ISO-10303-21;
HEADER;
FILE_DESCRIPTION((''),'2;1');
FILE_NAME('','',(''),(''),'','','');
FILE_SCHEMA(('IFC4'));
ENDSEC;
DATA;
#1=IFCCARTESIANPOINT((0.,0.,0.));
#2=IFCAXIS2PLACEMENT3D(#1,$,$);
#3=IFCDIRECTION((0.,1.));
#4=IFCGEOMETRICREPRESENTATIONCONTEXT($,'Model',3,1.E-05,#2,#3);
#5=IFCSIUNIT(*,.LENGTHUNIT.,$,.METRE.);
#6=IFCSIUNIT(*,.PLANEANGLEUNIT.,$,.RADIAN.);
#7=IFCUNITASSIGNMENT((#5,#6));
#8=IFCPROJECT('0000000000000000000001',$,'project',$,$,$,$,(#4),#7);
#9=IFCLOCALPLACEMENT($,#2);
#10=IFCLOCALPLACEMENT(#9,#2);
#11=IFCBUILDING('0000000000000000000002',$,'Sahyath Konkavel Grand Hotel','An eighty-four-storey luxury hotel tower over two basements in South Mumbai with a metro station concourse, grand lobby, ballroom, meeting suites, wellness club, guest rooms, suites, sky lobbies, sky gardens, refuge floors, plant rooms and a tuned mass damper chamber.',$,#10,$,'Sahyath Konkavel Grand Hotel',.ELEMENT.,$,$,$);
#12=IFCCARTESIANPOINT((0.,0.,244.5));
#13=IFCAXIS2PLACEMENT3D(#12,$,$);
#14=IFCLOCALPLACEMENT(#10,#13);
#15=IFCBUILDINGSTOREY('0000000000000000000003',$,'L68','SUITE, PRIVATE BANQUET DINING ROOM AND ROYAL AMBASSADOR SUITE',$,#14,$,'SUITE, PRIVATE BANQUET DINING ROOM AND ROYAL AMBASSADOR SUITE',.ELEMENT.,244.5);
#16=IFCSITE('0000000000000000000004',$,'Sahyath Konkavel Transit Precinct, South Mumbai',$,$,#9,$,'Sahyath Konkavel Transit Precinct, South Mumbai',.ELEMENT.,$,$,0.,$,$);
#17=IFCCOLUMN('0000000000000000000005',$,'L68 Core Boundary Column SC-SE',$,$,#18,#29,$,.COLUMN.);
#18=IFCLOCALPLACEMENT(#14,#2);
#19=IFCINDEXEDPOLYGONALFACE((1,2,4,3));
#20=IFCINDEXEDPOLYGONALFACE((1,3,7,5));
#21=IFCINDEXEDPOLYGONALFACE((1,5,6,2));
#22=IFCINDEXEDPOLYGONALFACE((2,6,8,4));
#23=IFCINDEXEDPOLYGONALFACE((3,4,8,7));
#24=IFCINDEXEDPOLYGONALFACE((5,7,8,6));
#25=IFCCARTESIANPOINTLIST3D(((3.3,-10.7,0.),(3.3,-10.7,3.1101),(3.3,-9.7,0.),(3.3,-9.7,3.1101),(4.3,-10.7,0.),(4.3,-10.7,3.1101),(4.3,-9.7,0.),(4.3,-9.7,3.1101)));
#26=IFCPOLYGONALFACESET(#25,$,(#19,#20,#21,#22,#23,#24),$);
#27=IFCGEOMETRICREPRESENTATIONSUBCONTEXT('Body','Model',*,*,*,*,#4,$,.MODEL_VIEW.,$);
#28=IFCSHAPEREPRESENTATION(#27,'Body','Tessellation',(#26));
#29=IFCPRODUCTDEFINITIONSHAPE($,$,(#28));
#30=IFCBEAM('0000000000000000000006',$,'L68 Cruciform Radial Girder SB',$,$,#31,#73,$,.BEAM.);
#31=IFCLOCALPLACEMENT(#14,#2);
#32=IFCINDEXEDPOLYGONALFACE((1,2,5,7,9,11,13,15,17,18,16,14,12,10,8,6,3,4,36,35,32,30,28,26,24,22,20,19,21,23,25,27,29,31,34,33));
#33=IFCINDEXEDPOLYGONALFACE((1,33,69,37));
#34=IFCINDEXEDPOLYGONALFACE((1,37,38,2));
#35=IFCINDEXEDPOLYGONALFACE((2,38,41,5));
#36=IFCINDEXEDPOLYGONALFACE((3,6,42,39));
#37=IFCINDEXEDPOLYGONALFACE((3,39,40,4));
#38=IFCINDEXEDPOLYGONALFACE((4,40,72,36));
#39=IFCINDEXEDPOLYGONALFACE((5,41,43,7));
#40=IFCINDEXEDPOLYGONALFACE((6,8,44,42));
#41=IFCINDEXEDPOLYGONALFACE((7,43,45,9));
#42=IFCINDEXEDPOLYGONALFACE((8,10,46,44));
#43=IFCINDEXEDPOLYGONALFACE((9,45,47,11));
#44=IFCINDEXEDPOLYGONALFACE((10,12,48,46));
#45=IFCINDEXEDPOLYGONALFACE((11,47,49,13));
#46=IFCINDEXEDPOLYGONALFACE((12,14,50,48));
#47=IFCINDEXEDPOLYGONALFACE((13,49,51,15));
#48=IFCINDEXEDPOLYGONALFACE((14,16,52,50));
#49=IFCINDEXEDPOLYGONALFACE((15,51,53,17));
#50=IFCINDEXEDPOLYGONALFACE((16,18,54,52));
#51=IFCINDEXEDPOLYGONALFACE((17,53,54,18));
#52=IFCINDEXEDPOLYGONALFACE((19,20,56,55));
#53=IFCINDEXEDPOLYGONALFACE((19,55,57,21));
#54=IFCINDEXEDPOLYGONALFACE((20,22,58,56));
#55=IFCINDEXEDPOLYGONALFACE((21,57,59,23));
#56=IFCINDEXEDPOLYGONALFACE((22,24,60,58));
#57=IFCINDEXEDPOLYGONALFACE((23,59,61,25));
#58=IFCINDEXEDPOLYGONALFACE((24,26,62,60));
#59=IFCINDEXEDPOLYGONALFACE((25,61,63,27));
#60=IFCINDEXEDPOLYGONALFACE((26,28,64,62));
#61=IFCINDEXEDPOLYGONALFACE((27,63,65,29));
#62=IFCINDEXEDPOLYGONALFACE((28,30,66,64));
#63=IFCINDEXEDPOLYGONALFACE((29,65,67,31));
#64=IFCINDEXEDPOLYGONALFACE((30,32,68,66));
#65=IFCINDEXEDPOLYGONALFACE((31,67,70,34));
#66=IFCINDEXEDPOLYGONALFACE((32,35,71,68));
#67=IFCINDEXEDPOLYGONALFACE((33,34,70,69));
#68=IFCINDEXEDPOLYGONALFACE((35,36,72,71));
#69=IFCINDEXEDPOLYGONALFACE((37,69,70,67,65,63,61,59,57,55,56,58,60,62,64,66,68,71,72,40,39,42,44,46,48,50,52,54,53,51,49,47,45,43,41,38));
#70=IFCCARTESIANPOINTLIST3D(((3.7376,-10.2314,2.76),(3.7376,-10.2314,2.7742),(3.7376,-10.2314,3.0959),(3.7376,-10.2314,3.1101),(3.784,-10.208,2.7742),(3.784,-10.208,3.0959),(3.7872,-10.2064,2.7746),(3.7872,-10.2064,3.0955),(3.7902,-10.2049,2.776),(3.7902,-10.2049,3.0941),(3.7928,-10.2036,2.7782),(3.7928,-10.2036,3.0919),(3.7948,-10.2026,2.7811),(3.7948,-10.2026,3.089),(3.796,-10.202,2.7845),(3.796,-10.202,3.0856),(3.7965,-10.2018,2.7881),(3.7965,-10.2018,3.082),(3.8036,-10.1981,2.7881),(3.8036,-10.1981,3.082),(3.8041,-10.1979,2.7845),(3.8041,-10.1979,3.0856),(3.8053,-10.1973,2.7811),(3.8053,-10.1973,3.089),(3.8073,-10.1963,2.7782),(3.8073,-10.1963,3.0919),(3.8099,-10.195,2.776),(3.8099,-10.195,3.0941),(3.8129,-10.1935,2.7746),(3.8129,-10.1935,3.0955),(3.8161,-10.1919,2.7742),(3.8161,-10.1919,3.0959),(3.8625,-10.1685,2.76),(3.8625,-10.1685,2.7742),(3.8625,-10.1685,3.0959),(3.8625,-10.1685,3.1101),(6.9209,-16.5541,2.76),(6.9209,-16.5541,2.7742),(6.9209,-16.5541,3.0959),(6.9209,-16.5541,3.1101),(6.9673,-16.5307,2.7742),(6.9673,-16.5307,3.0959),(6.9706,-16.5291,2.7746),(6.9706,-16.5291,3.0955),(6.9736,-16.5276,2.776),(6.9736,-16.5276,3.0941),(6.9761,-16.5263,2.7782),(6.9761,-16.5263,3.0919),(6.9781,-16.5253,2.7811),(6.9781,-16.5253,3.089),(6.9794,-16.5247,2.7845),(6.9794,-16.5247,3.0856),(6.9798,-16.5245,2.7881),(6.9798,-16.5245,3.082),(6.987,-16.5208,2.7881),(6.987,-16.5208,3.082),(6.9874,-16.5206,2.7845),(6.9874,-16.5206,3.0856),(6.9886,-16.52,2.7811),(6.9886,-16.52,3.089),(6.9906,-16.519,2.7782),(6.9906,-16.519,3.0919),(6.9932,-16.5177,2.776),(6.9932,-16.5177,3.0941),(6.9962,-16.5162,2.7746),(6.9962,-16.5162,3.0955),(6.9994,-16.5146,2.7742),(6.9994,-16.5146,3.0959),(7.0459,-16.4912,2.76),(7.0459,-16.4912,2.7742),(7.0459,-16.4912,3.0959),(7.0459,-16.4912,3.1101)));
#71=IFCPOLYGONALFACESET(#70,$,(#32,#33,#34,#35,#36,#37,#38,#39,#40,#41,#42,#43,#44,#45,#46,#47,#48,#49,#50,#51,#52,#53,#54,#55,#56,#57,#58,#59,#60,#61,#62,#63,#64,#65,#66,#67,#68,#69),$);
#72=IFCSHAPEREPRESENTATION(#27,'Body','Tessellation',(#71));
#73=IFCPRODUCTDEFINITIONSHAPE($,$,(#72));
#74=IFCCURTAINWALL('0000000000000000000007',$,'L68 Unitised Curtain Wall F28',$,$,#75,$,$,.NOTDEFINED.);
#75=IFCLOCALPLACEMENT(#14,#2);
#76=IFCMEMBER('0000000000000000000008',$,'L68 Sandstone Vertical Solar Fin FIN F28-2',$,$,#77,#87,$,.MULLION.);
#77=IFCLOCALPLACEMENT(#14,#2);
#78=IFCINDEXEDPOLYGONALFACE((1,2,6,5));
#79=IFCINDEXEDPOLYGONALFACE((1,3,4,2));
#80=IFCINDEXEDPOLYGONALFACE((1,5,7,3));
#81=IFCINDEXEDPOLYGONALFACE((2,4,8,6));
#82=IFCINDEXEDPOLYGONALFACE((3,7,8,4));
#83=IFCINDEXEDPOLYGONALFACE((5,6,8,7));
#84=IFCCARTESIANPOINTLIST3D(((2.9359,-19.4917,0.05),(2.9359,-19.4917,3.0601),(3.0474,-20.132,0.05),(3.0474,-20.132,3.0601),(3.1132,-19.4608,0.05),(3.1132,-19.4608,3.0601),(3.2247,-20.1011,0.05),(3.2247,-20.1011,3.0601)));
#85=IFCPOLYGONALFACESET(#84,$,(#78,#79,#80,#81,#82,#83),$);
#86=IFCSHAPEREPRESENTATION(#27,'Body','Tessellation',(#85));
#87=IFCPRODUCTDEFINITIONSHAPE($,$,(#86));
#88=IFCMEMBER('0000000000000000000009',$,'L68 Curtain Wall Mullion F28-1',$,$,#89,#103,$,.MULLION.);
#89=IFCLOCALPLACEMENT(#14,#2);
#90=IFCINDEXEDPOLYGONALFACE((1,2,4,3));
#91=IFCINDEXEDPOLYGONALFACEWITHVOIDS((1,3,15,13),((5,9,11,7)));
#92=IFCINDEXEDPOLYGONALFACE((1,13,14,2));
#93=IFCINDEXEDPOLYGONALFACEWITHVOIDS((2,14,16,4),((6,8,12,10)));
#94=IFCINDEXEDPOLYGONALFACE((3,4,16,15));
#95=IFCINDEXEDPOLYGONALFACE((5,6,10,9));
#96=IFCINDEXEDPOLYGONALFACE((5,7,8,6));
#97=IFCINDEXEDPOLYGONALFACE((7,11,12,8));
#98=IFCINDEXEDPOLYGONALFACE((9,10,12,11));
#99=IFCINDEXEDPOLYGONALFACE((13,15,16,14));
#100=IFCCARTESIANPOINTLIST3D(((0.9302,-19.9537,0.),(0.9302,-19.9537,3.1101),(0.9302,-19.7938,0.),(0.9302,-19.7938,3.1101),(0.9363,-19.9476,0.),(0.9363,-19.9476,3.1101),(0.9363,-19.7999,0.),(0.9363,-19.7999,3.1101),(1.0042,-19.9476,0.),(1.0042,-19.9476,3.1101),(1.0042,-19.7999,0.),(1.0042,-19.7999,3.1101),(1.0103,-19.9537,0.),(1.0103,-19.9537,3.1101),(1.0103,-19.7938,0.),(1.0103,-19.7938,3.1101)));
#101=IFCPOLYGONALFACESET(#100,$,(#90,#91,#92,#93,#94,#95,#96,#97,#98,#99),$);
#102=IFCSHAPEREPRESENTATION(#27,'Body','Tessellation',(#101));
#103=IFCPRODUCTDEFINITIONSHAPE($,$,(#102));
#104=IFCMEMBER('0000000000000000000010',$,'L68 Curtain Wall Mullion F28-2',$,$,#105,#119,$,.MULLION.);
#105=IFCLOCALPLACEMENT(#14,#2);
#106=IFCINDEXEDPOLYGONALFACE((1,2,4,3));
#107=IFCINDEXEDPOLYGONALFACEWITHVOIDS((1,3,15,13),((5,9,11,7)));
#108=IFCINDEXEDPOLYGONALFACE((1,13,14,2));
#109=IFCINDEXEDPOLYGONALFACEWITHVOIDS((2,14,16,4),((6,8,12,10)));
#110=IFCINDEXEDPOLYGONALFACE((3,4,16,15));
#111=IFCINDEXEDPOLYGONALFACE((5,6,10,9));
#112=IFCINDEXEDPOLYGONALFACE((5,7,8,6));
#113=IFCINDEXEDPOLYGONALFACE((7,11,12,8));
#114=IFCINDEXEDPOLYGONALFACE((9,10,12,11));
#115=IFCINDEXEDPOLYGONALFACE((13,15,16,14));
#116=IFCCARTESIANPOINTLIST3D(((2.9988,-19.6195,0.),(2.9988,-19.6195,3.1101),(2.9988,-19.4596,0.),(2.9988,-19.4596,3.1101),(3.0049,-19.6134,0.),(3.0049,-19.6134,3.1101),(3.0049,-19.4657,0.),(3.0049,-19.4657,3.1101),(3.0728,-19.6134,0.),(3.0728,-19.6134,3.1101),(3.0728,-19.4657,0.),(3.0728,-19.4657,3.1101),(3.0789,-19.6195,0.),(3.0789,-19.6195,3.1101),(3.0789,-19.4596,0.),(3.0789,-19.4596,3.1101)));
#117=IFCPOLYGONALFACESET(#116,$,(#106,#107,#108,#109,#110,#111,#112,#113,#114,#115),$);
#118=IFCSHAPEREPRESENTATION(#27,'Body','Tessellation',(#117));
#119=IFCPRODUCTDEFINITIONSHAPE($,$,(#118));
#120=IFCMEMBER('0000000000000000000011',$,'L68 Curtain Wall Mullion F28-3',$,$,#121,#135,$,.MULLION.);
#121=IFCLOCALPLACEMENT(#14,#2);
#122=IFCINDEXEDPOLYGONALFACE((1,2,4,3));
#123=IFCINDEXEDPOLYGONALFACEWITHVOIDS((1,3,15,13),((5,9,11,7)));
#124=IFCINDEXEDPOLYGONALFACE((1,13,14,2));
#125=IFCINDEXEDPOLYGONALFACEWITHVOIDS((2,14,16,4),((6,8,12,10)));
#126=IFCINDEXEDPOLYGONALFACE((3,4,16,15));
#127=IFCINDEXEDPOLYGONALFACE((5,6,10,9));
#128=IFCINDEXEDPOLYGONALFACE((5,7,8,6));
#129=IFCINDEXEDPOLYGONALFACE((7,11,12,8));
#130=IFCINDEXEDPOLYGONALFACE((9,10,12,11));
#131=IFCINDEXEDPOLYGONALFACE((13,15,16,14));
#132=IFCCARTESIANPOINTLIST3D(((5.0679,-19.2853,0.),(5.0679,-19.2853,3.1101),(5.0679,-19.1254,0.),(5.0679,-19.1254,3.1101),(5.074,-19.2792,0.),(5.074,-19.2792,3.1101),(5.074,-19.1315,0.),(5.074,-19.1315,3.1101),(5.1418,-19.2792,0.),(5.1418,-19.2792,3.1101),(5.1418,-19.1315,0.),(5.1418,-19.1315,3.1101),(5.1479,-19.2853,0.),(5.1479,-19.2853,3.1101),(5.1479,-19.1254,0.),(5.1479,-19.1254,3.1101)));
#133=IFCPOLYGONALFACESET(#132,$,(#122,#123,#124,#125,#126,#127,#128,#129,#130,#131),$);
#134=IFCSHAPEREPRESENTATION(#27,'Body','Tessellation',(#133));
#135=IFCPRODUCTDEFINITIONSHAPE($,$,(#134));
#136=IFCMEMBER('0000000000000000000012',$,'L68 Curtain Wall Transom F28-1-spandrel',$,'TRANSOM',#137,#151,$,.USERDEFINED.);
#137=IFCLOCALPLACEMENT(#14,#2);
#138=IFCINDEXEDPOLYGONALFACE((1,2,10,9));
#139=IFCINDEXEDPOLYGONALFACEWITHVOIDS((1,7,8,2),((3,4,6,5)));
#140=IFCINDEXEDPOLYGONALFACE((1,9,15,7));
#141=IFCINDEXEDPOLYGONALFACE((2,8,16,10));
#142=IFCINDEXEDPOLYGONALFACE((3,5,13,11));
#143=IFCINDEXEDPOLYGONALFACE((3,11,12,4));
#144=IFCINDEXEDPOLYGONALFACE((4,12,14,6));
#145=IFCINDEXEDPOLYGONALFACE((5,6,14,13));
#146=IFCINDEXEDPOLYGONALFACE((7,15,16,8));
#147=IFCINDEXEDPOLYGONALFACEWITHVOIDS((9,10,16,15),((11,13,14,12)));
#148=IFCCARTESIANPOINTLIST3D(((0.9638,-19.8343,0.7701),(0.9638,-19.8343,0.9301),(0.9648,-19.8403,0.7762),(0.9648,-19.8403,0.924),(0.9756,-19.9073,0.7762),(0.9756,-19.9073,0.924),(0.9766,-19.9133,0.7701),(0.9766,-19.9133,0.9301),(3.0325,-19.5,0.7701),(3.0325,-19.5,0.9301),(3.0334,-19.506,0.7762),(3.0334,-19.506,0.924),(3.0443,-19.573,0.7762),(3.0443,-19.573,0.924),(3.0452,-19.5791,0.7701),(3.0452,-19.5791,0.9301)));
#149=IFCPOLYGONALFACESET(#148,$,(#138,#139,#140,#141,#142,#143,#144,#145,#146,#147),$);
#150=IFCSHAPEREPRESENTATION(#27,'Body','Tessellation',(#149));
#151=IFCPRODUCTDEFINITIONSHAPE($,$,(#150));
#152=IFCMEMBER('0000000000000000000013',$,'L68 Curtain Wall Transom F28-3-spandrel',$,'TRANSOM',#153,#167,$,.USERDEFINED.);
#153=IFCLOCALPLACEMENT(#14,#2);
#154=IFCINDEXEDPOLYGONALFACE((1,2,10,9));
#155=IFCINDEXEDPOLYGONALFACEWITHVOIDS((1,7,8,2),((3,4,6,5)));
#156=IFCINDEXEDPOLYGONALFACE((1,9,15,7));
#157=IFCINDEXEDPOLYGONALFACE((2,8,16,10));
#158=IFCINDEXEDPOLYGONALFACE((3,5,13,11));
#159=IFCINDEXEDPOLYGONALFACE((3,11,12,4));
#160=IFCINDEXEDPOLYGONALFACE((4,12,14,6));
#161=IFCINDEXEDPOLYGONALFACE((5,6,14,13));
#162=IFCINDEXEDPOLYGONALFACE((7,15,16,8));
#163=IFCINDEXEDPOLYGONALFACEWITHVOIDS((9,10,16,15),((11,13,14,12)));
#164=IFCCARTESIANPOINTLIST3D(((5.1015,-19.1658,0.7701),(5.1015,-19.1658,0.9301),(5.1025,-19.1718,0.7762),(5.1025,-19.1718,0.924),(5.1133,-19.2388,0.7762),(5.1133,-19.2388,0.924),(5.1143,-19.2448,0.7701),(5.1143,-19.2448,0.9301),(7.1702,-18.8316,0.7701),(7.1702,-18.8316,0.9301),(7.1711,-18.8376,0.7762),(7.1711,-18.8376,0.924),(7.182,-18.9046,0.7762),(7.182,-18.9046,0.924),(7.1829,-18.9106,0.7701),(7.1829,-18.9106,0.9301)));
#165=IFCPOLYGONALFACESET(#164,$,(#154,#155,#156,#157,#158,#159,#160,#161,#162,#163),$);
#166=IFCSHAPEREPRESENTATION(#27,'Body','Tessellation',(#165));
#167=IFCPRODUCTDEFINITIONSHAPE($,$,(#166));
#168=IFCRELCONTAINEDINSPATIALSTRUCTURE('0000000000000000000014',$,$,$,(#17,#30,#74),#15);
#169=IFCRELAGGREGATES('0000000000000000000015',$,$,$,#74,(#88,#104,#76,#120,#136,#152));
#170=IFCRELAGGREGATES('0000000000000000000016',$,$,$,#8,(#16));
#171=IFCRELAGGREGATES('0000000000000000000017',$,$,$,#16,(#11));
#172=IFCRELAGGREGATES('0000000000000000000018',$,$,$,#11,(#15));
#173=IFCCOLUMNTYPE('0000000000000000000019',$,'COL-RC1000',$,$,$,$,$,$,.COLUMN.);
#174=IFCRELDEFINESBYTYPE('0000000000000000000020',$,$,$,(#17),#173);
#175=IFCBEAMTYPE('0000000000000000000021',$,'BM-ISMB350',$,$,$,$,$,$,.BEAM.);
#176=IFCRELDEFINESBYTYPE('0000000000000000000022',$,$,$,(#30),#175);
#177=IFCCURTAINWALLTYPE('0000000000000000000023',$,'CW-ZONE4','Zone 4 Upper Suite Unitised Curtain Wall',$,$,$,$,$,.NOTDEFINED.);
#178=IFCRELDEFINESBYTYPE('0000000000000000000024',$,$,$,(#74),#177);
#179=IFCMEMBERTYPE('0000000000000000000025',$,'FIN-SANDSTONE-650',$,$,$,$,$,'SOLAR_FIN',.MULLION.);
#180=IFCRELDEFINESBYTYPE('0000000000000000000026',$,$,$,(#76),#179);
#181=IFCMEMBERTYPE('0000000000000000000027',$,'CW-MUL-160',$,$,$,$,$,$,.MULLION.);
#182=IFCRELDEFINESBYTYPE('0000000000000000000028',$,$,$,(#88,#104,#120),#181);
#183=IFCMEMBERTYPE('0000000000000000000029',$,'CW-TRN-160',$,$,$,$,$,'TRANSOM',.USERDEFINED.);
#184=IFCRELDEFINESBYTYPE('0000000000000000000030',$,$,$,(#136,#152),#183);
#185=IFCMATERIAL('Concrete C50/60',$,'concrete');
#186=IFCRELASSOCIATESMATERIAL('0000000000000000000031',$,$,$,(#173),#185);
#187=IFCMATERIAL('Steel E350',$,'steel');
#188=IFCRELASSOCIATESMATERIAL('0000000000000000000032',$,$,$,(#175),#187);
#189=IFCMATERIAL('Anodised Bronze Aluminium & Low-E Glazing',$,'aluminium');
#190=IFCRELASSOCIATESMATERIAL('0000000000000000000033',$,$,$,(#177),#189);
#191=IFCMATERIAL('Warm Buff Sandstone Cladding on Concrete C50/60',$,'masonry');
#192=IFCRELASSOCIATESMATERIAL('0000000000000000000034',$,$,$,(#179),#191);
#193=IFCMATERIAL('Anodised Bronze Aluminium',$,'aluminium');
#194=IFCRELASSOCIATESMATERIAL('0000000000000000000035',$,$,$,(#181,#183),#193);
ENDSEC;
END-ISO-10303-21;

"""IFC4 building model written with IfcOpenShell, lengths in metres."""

from ifc_helpers import new_model, si_unit, direction, frame, origin, origin_2d, place, context, subcontext, project, spatial, rectangle, hollow_rectangle, i_section, extrude, source, transform, mapped, material, material_profile, profile_set, type_object, element, aggregate, save


model = new_model("IFC4")

# Units and contexts
model_context = context("Model", 3, precision=1e-05, world=origin(), true_north=direction((0.0, 1.0)))
body_context = subcontext(model_context, "Body", "Model", "MODEL_VIEW")
ifc_project = project(units=[si_unit("LENGTHUNIT", "METRE"), si_unit("PLANEANGLEUNIT", "RADIAN")], contexts=[model_context])

# Site, building, storey
site_placement = place(None, origin())
site = spatial("IfcSite", under=ifc_project, at=site_placement, Name="Sahyath Konkavel Transit Precinct, South Mumbai", LongName="Sahyath Konkavel Transit Precinct, South Mumbai", CompositionType="ELEMENT", RefElevation=0.0)
building_placement = place(site_placement, origin())
building = spatial("IfcBuilding", under=site, at=building_placement, Name="Sahyath Konkavel Grand Hotel", Description="An eighty-four-storey luxury hotel tower over two basements in South Mumbai with a metro station concourse, grand lobby, ballroom, meeting suites, wellness club, guest rooms, suites, sky lobbies, sky gardens, refuge floors, plant rooms and a tuned mass damper chamber.", LongName="Sahyath Konkavel Grand Hotel", CompositionType="ELEMENT")
storey_placement = place(building_placement, frame((0.0, 0.0, 244.5)))
storey = spatial("IfcBuildingStorey", under=building, at=storey_placement, Name="L68", Description="SUITE, PRIVATE BANQUET DINING ROOM AND ROYAL AMBASSADOR SUITE", LongName="SUITE, PRIVATE BANQUET DINING ROOM AND ROYAL AMBASSADOR SUITE", CompositionType="ELEMENT", Elevation=244.5)

# Column
ifc_material_1 = material(Name="Concrete C50/60", Category="concrete")
ifc_material_profile_1 = material_profile(ifc_material_1, rectangle(XDim=1.0, YDim=1.0, at=origin_2d()), Name="RC 1000x1000")
ifc_profile_set_1 = profile_set([ifc_material_profile_1], Name="Concrete C50/60")
column_type = type_object("IfcColumnType", Name="COL-RC1000", PredefinedType="COLUMN", material=ifc_profile_set_1)
shared_shape_1 = source(origin(), body_context, "Body", "SweptSolid", [
    extrude(rectangle(XDim=1.0, YDim=1.0, at=origin_2d()), origin(), (0.0, 0.0, 1.0), 3.1101),
])
column_placement = place(storey_placement, frame((3.8, -10.2, 0.0), z_axis=(0.0, 0.0, 1.0), x_axis=(1.0, 0.0, 0.0)))
element("IfcColumn", 1, at=column_placement, inside=storey, type_object=column_type, Name="L68 Core Boundary Column SC-SE", PredefinedType="COLUMN", context=body_context, shape_type="MappedRepresentation", body=[
    mapped(shared_shape_1, transform((0.0, 0.0, 0.0), scale=1.0)),
])

# Beam
ifc_material_2 = material(Name="Steel E350", Category="steel")
ifc_material_profile_2 = material_profile(ifc_material_2, i_section(OverallWidth=0.1399, OverallDepth=0.3501, WebThickness=0.0081, FlangeThickness=0.0142, FilletRadius=0.0139, at=origin_2d()), Name="ISMB 350")
ifc_profile_set_2 = profile_set([ifc_material_profile_2], Name="Steel E350")
beam_type_1 = type_object("IfcBeamType", Name="BM-ISMB350", PredefinedType="BEAM", material=ifc_profile_set_2)
shared_shape_2 = source(origin(), body_context, "Body", "SweptSolid", [
    extrude(i_section(OverallWidth=0.1399, OverallDepth=0.3501, WebThickness=0.0081, FlangeThickness=0.0142, FilletRadius=0.0139, at=origin_2d()), origin(), (0.0, 0.0, 1.0), 7.0789),
])
beam_1_placement = place(storey_placement, frame((3.8, -10.2, 2.9351), z_axis=(0.449695, -0.893182, 0.0), x_axis=(0.893182, 0.449695, 0.0)))
element("IfcBeam", 2, at=beam_1_placement, inside=storey, type_object=beam_type_1, Name="L68 Cruciform Radial Girder SB", PredefinedType="BEAM", context=body_context, shape_type="MappedRepresentation", body=[
    mapped(shared_shape_2, transform((0.0, 0.0, 0.0), scale=1.0)),
])

# Curtain wall, members
ifc_material_3 = material(Name="Anodised Bronze Aluminium & Low-E Glazing", Category="aluminium")
curtain_wall_type = type_object("IfcCurtainWallType", Name="CW-ZONE4", Description="Zone 4 Upper Suite Unitised Curtain Wall", PredefinedType="NOTDEFINED", material=ifc_material_3)
curtain_wall_1_placement = place(storey_placement, origin())
curtain_wall_1 = element("IfcCurtainWall", 3, at=curtain_wall_1_placement, inside=storey, type_object=curtain_wall_type, Name="L68 Unitised Curtain Wall F28", PredefinedType="NOTDEFINED")
ifc_material_4 = material(Name="Warm Buff Sandstone Cladding on Concrete C50/60", Category="masonry")
ifc_material_profile_3 = material_profile(ifc_material_4, rectangle(XDim=0.1799, YDim=0.6499, at=origin_2d()), Name="FIN 180x650")
ifc_profile_set_3 = profile_set([ifc_material_profile_3], Name="Warm Buff Sandstone Cladding on Concrete C50/60")
member_type_1 = type_object("IfcMemberType", Name="FIN-SANDSTONE-650", ElementType="SOLAR_FIN", PredefinedType="MULLION", material=ifc_profile_set_3)
shared_shape_3 = source(origin(), body_context, "Body", "SweptSolid", [
    extrude(rectangle(XDim=0.1799, YDim=0.6499, at=origin_2d()), origin(), (0.0, 0.0, 1.0), 3.01),
])
member_1_placement = place(storey_placement, frame((3.0803, -19.7964, 0.05), z_axis=(0.0, 0.0, 1.0), x_axis=(0.985169, 0.171585, 0.0)))
member_1 = element("IfcMember", 4, at=member_1_placement, type_object=member_type_1, Name="L68 Sandstone Vertical Solar Fin FIN F28-2", PredefinedType="MULLION", context=body_context, shape_type="MappedRepresentation", body=[
    mapped(shared_shape_3, transform((0.0, 0.0, 0.0), scale=1.0)),
])
ifc_material_5 = material(Name="Anodised Bronze Aluminium", Category="aluminium")
ifc_material_profile_4 = material_profile(ifc_material_5, hollow_rectangle(XDim=0.0801, YDim=0.1599, WallThickness=0.0061, at=origin_2d()), Name="RHS 160x80x6")
ifc_profile_set_4 = profile_set([ifc_material_profile_4], Name="Anodised Bronze Aluminium")
member_type_2 = type_object("IfcMemberType", Name="CW-MUL-160", PredefinedType="MULLION", material=ifc_profile_set_4)
shared_shape_4 = source(origin(), body_context, "Body", "SweptSolid", [
    extrude(hollow_rectangle(XDim=0.0801, YDim=0.1599, WallThickness=0.0061, at=origin_2d()), origin(), (0.0, 0.0, 1.0), 3.1101),
])
member_2_placement = place(storey_placement, frame((0.9702, -19.8738, 0.0), z_axis=(0.0, 0.0, 1.0), x_axis=(1.0, 0.0, 0.0)))
member_2 = element("IfcMember", 5, at=member_2_placement, type_object=member_type_2, Name="L68 Curtain Wall Mullion F28-1", PredefinedType="MULLION", context=body_context, shape_type="MappedRepresentation", body=[
    mapped(shared_shape_4, transform((0.0, 0.0, 0.0), scale=1.0)),
])
member_3_placement = place(storey_placement, frame((3.0388, -19.5396, 0.0), z_axis=(0.0, 0.0, 1.0), x_axis=(1.0, 0.0, 0.0)))
member_3 = element("IfcMember", 6, at=member_3_placement, type_object=member_type_2, Name="L68 Curtain Wall Mullion F28-2", PredefinedType="MULLION", context=body_context, shape_type="MappedRepresentation", body=[
    mapped(shared_shape_4, transform((0.0, 0.0, 0.0), scale=1.0)),
])
member_4_placement = place(storey_placement, frame((5.1079, -19.2053, 0.0), z_axis=(0.0, 0.0, 1.0), x_axis=(1.0, 0.0, 0.0)))
member_4 = element("IfcMember", 7, at=member_4_placement, type_object=member_type_2, Name="L68 Curtain Wall Mullion F28-3", PredefinedType="MULLION", context=body_context, shape_type="MappedRepresentation", body=[
    mapped(shared_shape_4, transform((0.0, 0.0, 0.0), scale=1.0)),
])
ifc_material_profile_5 = material_profile(ifc_material_5, hollow_rectangle(XDim=0.0801, YDim=0.1599, WallThickness=0.0061, at=origin_2d()), Name="RHS 160x80x6")
ifc_profile_set_5 = profile_set([ifc_material_profile_5], Name="Anodised Bronze Aluminium")
member_type_3 = type_object("IfcMemberType", Name="CW-TRN-160", ElementType="TRANSOM", PredefinedType="USERDEFINED", material=ifc_profile_set_5)
shared_shape_5 = source(origin(), body_context, "Body", "SweptSolid", [
    extrude(hollow_rectangle(XDim=0.0801, YDim=0.1599, WallThickness=0.0061, at=origin_2d()), origin(), (0.0, 0.0, 1.0), 2.0955),
])
member_5_placement = place(storey_placement, frame((0.9702, -19.8738, 0.8501), z_axis=(0.987197, 0.159504, 0.0), x_axis=(-0.159504, 0.987197, 0.0)))
member_5 = element("IfcMember", 8, at=member_5_placement, type_object=member_type_3, Name="L68 Curtain Wall Transom F28-1-spandrel", ObjectType="TRANSOM", PredefinedType="USERDEFINED", context=body_context, shape_type="MappedRepresentation", body=[
    mapped(shared_shape_5, transform((0.0, 0.0, 0.0), scale=1.0)),
])
member_6_placement = place(storey_placement, frame((5.1079, -19.2053, 0.8501), z_axis=(0.987197, 0.159504, 0.0), x_axis=(-0.159504, 0.987197, 0.0)))
member_6 = element("IfcMember", 9, at=member_6_placement, type_object=member_type_3, Name="L68 Curtain Wall Transom F28-3-spandrel", ObjectType="TRANSOM", PredefinedType="USERDEFINED", context=body_context, shape_type="MappedRepresentation", body=[
    mapped(shared_shape_5, transform((0.0, 0.0, 0.0), scale=1.0)),
])

aggregate(curtain_wall_1, [member_2, member_3, member_1, member_4, member_5, member_6])

save(model, "model.ifc")
